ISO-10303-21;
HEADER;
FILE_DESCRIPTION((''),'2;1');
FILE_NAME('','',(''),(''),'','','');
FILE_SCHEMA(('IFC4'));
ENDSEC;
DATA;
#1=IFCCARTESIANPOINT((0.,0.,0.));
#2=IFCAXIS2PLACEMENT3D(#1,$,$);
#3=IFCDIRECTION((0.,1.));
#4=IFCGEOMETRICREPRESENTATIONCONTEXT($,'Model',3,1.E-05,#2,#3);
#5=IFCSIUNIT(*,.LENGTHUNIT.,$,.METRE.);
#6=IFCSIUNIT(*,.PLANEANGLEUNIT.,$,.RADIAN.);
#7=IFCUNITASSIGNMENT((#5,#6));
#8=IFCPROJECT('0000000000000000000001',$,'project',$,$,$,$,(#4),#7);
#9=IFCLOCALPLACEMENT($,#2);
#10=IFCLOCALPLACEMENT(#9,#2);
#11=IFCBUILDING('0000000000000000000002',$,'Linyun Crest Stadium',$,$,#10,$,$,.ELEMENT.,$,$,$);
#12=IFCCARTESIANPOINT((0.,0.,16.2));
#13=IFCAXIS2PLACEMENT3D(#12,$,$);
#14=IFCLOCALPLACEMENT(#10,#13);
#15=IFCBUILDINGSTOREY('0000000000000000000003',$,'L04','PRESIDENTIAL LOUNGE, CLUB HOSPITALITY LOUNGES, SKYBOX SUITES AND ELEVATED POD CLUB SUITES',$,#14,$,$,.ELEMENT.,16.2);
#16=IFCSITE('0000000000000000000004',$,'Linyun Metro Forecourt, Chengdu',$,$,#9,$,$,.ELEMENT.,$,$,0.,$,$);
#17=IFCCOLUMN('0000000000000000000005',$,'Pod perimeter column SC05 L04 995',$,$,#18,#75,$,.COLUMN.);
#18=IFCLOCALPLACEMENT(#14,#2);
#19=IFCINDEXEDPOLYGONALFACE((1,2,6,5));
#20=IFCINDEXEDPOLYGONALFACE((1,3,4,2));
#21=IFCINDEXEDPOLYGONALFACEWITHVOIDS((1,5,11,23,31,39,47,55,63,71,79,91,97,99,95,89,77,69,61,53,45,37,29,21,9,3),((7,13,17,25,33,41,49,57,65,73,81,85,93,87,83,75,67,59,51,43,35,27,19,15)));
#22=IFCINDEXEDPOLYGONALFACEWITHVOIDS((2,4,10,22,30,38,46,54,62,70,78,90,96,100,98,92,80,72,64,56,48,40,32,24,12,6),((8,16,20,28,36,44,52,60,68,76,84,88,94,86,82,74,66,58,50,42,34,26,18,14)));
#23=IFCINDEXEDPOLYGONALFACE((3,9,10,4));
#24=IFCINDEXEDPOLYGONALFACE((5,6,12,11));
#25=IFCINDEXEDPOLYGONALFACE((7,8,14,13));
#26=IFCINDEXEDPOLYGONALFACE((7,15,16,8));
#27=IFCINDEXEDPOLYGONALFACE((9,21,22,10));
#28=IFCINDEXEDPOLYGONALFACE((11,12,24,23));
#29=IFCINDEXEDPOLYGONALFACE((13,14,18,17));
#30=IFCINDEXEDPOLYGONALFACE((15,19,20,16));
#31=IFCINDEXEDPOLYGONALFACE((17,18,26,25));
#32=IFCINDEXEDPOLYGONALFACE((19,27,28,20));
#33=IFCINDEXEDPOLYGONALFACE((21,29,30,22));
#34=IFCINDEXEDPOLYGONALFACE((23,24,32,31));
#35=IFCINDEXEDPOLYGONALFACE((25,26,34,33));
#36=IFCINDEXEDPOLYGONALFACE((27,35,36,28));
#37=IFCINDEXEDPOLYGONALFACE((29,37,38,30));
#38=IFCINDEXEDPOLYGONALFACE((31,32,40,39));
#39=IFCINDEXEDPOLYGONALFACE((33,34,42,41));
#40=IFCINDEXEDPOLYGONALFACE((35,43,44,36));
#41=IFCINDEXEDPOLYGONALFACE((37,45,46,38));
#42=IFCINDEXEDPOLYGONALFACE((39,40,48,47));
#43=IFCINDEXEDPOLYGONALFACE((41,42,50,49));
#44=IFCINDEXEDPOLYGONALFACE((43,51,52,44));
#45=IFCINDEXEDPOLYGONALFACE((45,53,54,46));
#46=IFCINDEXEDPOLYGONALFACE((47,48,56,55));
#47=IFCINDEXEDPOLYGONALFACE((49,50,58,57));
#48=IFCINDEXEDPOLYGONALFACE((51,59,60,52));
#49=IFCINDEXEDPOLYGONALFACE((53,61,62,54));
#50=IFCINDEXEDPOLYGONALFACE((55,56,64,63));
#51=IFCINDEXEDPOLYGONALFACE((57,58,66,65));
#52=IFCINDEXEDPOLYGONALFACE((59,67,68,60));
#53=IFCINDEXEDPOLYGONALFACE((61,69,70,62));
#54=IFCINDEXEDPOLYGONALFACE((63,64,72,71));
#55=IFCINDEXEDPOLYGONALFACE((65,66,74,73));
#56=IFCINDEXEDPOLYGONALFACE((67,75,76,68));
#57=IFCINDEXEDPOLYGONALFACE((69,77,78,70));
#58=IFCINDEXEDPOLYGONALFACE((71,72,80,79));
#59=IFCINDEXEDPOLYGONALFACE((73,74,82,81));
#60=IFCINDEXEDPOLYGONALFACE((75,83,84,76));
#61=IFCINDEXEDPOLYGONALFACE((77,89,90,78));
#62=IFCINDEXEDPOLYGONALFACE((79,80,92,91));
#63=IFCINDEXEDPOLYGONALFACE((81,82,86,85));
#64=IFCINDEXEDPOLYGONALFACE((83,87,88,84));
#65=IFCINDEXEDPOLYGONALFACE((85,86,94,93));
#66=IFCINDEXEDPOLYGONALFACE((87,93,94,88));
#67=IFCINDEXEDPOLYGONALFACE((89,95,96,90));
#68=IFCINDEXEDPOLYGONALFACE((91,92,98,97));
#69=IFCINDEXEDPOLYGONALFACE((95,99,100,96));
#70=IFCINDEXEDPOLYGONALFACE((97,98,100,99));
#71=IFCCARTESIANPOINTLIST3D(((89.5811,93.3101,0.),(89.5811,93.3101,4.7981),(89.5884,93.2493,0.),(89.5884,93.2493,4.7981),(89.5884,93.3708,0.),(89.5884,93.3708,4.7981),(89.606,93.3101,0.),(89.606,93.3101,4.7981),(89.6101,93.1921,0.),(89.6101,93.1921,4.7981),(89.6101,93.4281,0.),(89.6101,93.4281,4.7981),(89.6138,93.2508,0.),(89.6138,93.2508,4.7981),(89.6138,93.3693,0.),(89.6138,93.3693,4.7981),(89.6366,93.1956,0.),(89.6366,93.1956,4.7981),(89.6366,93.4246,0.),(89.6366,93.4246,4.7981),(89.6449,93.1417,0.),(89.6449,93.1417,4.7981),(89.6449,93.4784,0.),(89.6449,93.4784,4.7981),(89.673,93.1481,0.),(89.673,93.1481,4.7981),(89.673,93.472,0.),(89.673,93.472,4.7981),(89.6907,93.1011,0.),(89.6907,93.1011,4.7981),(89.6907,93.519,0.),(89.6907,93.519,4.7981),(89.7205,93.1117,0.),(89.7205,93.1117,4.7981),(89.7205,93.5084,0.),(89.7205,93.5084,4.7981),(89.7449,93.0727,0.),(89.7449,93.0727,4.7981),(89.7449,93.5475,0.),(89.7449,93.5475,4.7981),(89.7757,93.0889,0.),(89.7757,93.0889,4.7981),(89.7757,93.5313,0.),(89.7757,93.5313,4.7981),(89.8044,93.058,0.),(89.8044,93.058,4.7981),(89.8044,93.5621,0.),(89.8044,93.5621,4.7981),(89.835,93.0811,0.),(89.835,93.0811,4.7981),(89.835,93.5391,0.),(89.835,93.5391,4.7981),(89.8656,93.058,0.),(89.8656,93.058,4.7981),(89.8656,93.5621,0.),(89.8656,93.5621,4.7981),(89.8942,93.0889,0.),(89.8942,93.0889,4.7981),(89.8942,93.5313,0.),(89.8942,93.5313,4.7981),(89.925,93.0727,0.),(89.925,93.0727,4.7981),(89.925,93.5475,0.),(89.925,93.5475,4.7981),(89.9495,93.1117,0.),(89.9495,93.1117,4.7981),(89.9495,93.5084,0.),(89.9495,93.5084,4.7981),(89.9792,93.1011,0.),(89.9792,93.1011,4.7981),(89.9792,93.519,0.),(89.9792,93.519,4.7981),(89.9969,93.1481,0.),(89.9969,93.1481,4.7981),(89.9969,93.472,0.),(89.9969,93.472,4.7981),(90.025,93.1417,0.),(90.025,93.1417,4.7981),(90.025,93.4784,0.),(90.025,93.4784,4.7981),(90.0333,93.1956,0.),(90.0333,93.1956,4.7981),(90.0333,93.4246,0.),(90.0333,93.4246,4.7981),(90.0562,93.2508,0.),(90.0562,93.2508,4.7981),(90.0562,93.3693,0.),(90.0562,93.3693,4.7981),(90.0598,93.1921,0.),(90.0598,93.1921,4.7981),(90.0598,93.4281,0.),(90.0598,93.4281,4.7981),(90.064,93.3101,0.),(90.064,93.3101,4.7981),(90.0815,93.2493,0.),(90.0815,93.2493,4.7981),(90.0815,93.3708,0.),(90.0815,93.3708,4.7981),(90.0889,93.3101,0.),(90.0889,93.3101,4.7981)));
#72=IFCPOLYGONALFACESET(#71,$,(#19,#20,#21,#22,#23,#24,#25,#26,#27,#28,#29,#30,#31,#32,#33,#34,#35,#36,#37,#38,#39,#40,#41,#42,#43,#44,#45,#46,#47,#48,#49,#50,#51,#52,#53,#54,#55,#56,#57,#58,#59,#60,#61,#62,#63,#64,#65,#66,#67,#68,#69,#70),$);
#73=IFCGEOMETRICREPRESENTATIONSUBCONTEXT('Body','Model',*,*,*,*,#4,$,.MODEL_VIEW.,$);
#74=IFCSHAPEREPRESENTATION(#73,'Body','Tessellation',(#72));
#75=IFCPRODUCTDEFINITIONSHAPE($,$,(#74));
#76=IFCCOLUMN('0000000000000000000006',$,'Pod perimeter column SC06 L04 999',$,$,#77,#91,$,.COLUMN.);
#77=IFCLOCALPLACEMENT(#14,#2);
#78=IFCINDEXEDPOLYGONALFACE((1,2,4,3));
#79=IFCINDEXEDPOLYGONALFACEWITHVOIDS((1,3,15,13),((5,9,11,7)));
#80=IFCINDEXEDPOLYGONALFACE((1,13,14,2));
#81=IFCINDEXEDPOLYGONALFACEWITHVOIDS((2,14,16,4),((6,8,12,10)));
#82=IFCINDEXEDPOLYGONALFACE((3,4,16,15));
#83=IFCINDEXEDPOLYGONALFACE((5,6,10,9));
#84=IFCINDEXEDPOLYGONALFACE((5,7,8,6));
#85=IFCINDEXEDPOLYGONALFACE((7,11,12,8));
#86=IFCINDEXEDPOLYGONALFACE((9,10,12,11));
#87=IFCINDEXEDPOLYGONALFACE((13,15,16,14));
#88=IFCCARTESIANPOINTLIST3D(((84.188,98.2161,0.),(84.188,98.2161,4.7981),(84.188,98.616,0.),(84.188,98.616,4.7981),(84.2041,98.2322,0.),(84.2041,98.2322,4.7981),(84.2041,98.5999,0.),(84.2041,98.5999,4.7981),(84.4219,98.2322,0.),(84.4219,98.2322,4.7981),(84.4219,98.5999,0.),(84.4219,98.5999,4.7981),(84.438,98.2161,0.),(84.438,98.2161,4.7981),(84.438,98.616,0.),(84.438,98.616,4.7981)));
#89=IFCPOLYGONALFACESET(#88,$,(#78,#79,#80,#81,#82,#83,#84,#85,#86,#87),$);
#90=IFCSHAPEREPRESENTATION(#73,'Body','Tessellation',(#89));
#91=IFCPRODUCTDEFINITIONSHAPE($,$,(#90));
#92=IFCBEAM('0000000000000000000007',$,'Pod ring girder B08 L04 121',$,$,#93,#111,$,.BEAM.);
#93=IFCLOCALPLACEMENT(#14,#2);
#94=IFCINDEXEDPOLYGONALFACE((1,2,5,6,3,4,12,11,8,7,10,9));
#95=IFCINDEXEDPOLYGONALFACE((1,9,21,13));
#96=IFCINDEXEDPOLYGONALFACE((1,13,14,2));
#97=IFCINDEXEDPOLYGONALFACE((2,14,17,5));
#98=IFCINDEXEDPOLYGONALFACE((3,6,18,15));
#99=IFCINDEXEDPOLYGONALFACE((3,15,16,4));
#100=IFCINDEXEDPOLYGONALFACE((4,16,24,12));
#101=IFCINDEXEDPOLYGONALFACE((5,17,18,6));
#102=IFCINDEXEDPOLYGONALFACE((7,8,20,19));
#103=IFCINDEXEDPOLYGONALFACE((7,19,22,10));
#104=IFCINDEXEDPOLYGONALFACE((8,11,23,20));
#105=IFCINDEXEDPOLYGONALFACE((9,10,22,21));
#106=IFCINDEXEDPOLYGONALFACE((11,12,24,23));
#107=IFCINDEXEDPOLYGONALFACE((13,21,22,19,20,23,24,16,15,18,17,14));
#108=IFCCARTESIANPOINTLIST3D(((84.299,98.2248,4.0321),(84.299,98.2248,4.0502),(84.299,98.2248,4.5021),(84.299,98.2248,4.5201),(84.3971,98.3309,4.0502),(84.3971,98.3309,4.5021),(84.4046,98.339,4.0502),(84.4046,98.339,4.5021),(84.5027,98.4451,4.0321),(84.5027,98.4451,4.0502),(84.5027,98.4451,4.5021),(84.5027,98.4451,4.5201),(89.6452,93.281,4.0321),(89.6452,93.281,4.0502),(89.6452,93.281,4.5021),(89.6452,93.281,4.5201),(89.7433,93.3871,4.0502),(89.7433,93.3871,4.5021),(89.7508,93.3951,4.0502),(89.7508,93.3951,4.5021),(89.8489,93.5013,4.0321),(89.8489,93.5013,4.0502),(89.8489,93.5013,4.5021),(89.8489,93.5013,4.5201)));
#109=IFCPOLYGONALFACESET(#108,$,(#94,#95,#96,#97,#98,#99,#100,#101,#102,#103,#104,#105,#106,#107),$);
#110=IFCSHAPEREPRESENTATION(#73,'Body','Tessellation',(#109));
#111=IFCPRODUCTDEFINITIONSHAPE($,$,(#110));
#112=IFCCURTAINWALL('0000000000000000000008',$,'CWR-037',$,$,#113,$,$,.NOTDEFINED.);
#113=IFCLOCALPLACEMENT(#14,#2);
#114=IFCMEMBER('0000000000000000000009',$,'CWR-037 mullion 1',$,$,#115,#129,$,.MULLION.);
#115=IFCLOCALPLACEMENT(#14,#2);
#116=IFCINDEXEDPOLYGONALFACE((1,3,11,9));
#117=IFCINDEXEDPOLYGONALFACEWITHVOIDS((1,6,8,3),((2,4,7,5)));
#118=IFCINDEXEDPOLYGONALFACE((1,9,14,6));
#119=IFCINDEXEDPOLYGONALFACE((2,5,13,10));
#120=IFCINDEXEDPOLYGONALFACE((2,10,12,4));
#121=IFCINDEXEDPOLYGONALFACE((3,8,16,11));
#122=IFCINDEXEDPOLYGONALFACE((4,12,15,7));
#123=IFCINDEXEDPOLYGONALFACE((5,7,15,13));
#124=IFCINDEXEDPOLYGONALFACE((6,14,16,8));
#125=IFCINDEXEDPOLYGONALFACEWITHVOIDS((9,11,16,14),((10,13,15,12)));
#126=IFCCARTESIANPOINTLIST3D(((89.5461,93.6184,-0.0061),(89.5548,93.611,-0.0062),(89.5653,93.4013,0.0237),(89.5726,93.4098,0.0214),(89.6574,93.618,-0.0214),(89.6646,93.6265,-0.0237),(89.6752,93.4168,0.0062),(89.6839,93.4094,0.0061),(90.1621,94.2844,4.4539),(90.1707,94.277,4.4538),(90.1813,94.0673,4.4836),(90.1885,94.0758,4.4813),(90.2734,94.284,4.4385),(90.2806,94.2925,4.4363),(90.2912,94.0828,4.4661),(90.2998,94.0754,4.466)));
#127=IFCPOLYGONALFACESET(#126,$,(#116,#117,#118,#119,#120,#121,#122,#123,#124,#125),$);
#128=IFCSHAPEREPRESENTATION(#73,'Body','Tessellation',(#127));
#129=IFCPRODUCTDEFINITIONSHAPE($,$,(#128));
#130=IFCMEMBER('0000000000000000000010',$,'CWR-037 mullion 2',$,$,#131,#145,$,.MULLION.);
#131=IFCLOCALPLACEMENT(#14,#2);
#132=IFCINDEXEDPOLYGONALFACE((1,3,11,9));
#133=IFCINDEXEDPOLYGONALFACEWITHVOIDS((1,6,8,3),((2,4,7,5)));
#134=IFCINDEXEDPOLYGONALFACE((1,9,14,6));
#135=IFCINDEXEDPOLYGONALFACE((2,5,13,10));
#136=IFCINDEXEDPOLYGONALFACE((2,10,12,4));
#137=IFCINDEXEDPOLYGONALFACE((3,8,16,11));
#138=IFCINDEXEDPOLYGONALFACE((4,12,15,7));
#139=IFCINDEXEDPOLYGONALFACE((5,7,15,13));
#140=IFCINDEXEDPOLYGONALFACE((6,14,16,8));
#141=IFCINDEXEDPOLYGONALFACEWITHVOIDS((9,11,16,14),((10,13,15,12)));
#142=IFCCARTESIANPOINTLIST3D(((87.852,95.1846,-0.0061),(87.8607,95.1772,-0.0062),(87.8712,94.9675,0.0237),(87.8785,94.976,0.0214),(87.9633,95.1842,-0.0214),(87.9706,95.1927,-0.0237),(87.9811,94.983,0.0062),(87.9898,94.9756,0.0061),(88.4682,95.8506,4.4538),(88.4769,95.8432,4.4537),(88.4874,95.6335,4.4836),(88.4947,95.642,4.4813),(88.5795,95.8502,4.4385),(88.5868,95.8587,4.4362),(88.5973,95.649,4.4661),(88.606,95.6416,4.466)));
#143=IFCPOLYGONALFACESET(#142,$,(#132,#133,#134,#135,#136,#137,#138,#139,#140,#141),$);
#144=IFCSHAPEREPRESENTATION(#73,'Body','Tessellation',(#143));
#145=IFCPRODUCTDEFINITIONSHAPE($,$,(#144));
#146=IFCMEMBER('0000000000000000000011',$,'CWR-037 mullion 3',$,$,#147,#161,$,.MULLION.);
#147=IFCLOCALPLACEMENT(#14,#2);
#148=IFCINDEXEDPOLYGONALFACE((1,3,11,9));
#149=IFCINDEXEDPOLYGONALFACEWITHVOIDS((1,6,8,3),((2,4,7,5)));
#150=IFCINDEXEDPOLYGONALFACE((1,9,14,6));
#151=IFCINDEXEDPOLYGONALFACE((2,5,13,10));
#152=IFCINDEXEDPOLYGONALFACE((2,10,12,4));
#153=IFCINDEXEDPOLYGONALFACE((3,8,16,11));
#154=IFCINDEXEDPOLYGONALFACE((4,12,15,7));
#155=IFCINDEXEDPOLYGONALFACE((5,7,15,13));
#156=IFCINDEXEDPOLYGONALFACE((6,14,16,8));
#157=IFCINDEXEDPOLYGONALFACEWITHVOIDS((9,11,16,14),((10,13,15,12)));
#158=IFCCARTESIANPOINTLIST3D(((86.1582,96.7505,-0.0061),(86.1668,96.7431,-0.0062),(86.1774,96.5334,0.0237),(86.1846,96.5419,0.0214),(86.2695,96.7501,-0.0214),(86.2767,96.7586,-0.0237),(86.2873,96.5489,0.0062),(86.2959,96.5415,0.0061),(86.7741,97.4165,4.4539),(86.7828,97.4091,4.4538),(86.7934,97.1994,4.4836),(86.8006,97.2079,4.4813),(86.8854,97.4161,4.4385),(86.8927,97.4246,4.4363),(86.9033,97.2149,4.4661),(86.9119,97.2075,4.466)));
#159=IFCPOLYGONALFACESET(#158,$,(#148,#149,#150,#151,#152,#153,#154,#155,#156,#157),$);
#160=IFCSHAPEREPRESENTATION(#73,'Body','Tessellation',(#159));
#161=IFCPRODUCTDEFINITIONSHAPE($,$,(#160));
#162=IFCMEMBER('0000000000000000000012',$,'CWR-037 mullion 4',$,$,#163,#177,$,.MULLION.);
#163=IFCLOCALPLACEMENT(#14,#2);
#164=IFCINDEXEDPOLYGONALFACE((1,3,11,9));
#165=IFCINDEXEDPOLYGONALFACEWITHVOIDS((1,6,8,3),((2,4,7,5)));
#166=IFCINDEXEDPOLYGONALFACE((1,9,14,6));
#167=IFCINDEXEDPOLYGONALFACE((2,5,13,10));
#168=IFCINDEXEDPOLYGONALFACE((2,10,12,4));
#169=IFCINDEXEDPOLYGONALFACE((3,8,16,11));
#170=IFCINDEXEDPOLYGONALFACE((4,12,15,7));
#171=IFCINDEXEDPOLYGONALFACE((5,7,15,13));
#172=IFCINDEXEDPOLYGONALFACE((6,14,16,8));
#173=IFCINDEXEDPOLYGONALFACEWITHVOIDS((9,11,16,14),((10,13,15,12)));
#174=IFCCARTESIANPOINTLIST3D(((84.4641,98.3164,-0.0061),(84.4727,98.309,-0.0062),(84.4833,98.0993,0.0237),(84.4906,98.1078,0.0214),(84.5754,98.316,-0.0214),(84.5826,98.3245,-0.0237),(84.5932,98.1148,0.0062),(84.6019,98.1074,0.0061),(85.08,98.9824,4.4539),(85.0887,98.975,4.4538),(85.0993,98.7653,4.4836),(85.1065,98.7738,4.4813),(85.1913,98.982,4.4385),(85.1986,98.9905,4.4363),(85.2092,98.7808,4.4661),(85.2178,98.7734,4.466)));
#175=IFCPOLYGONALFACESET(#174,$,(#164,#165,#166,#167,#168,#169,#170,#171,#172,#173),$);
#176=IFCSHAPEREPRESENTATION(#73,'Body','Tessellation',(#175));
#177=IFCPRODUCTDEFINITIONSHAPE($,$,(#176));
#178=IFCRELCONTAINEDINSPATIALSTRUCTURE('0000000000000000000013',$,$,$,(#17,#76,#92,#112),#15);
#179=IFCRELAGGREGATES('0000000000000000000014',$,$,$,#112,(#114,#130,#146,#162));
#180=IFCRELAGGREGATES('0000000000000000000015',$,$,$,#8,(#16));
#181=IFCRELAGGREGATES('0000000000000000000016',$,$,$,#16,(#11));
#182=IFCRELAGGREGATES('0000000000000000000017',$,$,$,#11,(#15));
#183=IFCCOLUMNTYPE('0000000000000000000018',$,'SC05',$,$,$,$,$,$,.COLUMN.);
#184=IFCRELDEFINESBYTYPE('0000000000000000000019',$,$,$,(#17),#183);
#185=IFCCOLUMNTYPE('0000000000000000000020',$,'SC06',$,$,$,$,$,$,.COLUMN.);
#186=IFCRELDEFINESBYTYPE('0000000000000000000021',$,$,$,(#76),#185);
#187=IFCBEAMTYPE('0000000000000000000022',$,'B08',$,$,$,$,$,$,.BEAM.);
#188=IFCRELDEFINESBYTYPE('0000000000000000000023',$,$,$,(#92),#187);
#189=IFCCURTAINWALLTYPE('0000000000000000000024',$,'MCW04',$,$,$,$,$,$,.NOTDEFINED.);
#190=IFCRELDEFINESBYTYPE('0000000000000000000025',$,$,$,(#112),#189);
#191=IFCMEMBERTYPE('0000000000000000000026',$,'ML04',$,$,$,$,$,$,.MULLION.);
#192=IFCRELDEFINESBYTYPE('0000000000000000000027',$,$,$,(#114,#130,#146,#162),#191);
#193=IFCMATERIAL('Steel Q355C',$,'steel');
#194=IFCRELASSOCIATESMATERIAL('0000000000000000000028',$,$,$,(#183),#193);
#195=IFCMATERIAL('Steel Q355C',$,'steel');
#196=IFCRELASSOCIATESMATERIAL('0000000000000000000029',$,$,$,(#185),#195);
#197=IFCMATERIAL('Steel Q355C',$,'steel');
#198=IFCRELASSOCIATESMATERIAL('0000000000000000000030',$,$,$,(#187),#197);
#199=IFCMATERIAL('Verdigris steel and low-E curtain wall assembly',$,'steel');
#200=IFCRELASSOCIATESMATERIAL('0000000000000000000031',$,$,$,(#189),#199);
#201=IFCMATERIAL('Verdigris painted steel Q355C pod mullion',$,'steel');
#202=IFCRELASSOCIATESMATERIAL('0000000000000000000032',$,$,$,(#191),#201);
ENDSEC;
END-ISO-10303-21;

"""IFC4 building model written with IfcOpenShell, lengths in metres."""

from ifc_helpers import new_model, si_unit, direction, frame, origin, origin_2d, place, context, subcontext, project, spatial, hollow_rectangle, hollow_circle, i_section, extrude, material, material_profile, profile_set, type_object, element, aggregate, save


model = new_model("IFC4")

# Units and contexts
model_context = context("Model", 3, precision=1e-05, world=origin(), true_north=direction((0.0, 1.0)))
body_context = subcontext(model_context, "Body", "Model", "MODEL_VIEW")
ifc_project = project(units=[si_unit("LENGTHUNIT", "METRE"), si_unit("PLANEANGLEUNIT", "RADIAN")], contexts=[model_context])

# Site, building, storey
site_placement = place(None, origin())
site = spatial("IfcSite", under=ifc_project, at=site_placement, Name="Linyun Metro Forecourt, Chengdu", CompositionType="ELEMENT", RefElevation=0.0)
building_placement = place(site_placement, origin())
building = spatial("IfcBuilding", under=site, at=building_placement, Name="Linyun Crest Stadium", CompositionType="ELEMENT")
storey_placement = place(building_placement, frame((0.0, 0.0, 16.2)))
storey = spatial("IfcBuildingStorey", under=building, at=storey_placement, Name="L04", Description="PRESIDENTIAL LOUNGE, CLUB HOSPITALITY LOUNGES, SKYBOX SUITES AND ELEVATED POD CLUB SUITES", CompositionType="ELEMENT", Elevation=16.2)

# Columns
ifc_material_1 = material(Name="Steel Q355C", Category="steel")
ifc_material_profile_1 = material_profile(ifc_material_1, hollow_circle(Radius=0.2539, WallThickness=0.0249, at=origin_2d()), Name="CHS 508x25")
ifc_profile_set_1 = profile_set([ifc_material_profile_1], Name="Steel Q355C")
column_type_1 = type_object("IfcColumnType", Name="SC05", PredefinedType="COLUMN", material=ifc_profile_set_1)
column_1_placement = place(storey_placement, frame((89.835, 93.3101, 0.0), z_axis=(0.0, 0.0, 1.0), x_axis=(1.0, 0.0, 0.0)))
element("IfcColumn", 1, at=column_1_placement, inside=storey, type_object=column_type_1, Name="Pod perimeter column SC05 L04 995", PredefinedType="COLUMN", context=body_context, shape_type="SweptSolid", body=[
    extrude(hollow_circle(Radius=0.2539, WallThickness=0.0249, at=origin_2d()), origin(), (0.0, 0.0, 1.0), 4.7981),
])
ifc_material_2 = material(Name="Steel Q355C", Category="steel")
ifc_material_profile_2 = material_profile(ifc_material_2, hollow_rectangle(XDim=0.25, YDim=0.3999, WallThickness=0.0161, at=origin_2d()), Name="RHS 400x250x16")
ifc_profile_set_2 = profile_set([ifc_material_profile_2], Name="Steel Q355C")
column_type_2 = type_object("IfcColumnType", Name="SC06", PredefinedType="COLUMN", material=ifc_profile_set_2)
column_2_placement = place(storey_placement, frame((84.313, 98.416, 0.0), z_axis=(0.0, 0.0, 1.0), x_axis=(1.0, 0.0, 0.0)))
element("IfcColumn", 2, at=column_2_placement, inside=storey, type_object=column_type_2, Name="Pod perimeter column SC06 L04 999", PredefinedType="COLUMN", context=body_context, shape_type="SweptSolid", body=[
    extrude(hollow_rectangle(XDim=0.25, YDim=0.3999, WallThickness=0.0161, at=origin_2d()), origin(), (0.0, 0.0, 1.0), 4.7981),
])

# Beam
ifc_material_3 = material(Name="Steel Q355C", Category="steel")
ifc_material_profile_3 = material_profile(ifc_material_3, i_section(OverallWidth=0.3, OverallDepth=0.488, WebThickness=0.011, FlangeThickness=0.0181, at=origin_2d()), Name="HM 488x300")
ifc_profile_set_3 = profile_set([ifc_material_profile_3], Name="Steel Q355C")
beam_type = type_object("IfcBeamType", Name="B08", PredefinedType="BEAM", material=ifc_profile_set_3)
beam_placement = place(storey_placement, frame((89.7471, 93.3911, 4.2761), z_axis=(-0.734194, 0.67894, 0.0), x_axis=(-0.67894, -0.734194, 0.0)))
element("IfcBeam", 3, at=beam_placement, inside=storey, type_object=beam_type, Name="Pod ring girder B08 L04 121", PredefinedType="BEAM", context=body_context, shape_type="SweptSolid", body=[
    extrude(i_section(OverallWidth=0.3, OverallDepth=0.488, WebThickness=0.011, FlangeThickness=0.0181, at=origin_2d()), origin(), (0.0, 0.0, 1.0), 7.2817),
])

# Curtain wall, members
ifc_material_4 = material(Name="Verdigris steel and low-E curtain wall assembly", Category="steel")
curtain_wall_type = type_object("IfcCurtainWallType", Name="MCW04", PredefinedType="NOTDEFINED", material=ifc_material_4)
curtain_wall_1_placement = place(storey_placement, origin())
curtain_wall_1 = element("IfcCurtainWall", 4, at=curtain_wall_1_placement, inside=storey, type_object=curtain_wall_type, Name="CWR-037", PredefinedType="NOTDEFINED")
ifc_material_5 = material(Name="Verdigris painted steel Q355C pod mullion", Category="steel")
ifc_material_profile_4 = material_profile(ifc_material_5, hollow_rectangle(XDim=0.1201, YDim=0.22, WallThickness=0.0081, at=origin_2d()), Name="RHS 220x120x8")
ifc_profile_set_4 = profile_set([ifc_material_profile_4], Name="Verdigris painted steel Q355C pod mullion")
member_type_1 = type_object("IfcMemberType", Name="ML04", PredefinedType="MULLION", material=ifc_profile_set_4)
member_1_placement = place(storey_placement, frame((89.615, 93.5139, 0.0), z_axis=(0.135339, 0.146336, 0.979933), x_axis=(0.986932, 0.067392, -0.146369)))
member_1 = element("IfcMember", 5, at=member_1_placement, type_object=member_type_1, Name="CWR-037 mullion 1", PredefinedType="MULLION", context=body_context, shape_type="SweptSolid", body=[
    extrude(hollow_rectangle(XDim=0.1201, YDim=0.22, WallThickness=0.0081, at=origin_2d()), origin(), (0.0, 0.0, 1.0), 4.5513),
])
member_2_placement = place(storey_placement, frame((87.9209, 95.0801, 0.0), z_axis=(0.135392, 0.146334, 0.979926), x_axis=(0.986942, 0.067193, -0.146395)))
member_2 = element("IfcMember", 6, at=member_2_placement, type_object=member_type_1, Name="CWR-037 mullion 2", PredefinedType="MULLION", context=body_context, shape_type="SweptSolid", body=[
    extrude(hollow_rectangle(XDim=0.1201, YDim=0.22, WallThickness=0.0081, at=origin_2d()), origin(), (0.0, 0.0, 1.0), 4.5513),
])
member_3_placement = place(storey_placement, frame((86.2271, 96.646, 0.0), z_axis=(0.135339, 0.146336, 0.979933), x_axis=(0.986932, 0.067392, -0.146369)))
member_3 = element("IfcMember", 7, at=member_3_placement, type_object=member_type_1, Name="CWR-037 mullion 3", PredefinedType="MULLION", context=body_context, shape_type="SweptSolid", body=[
    extrude(hollow_rectangle(XDim=0.1201, YDim=0.22, WallThickness=0.0081, at=origin_2d()), origin(), (0.0, 0.0, 1.0), 4.5513),
])
member_4_placement = place(storey_placement, frame((84.533, 98.2119, 0.0), z_axis=(0.135339, 0.146336, 0.979933), x_axis=(0.986932, 0.067392, -0.146369)))
member_4 = element("IfcMember", 8, at=member_4_placement, type_object=member_type_1, Name="CWR-037 mullion 4", PredefinedType="MULLION", context=body_context, shape_type="SweptSolid", body=[
    extrude(hollow_rectangle(XDim=0.1201, YDim=0.22, WallThickness=0.0081, at=origin_2d()), origin(), (0.0, 0.0, 1.0), 4.5513),
])

aggregate(curtain_wall_1, [member_1, member_2, member_3, member_4])

save(model, "model.ifc")
